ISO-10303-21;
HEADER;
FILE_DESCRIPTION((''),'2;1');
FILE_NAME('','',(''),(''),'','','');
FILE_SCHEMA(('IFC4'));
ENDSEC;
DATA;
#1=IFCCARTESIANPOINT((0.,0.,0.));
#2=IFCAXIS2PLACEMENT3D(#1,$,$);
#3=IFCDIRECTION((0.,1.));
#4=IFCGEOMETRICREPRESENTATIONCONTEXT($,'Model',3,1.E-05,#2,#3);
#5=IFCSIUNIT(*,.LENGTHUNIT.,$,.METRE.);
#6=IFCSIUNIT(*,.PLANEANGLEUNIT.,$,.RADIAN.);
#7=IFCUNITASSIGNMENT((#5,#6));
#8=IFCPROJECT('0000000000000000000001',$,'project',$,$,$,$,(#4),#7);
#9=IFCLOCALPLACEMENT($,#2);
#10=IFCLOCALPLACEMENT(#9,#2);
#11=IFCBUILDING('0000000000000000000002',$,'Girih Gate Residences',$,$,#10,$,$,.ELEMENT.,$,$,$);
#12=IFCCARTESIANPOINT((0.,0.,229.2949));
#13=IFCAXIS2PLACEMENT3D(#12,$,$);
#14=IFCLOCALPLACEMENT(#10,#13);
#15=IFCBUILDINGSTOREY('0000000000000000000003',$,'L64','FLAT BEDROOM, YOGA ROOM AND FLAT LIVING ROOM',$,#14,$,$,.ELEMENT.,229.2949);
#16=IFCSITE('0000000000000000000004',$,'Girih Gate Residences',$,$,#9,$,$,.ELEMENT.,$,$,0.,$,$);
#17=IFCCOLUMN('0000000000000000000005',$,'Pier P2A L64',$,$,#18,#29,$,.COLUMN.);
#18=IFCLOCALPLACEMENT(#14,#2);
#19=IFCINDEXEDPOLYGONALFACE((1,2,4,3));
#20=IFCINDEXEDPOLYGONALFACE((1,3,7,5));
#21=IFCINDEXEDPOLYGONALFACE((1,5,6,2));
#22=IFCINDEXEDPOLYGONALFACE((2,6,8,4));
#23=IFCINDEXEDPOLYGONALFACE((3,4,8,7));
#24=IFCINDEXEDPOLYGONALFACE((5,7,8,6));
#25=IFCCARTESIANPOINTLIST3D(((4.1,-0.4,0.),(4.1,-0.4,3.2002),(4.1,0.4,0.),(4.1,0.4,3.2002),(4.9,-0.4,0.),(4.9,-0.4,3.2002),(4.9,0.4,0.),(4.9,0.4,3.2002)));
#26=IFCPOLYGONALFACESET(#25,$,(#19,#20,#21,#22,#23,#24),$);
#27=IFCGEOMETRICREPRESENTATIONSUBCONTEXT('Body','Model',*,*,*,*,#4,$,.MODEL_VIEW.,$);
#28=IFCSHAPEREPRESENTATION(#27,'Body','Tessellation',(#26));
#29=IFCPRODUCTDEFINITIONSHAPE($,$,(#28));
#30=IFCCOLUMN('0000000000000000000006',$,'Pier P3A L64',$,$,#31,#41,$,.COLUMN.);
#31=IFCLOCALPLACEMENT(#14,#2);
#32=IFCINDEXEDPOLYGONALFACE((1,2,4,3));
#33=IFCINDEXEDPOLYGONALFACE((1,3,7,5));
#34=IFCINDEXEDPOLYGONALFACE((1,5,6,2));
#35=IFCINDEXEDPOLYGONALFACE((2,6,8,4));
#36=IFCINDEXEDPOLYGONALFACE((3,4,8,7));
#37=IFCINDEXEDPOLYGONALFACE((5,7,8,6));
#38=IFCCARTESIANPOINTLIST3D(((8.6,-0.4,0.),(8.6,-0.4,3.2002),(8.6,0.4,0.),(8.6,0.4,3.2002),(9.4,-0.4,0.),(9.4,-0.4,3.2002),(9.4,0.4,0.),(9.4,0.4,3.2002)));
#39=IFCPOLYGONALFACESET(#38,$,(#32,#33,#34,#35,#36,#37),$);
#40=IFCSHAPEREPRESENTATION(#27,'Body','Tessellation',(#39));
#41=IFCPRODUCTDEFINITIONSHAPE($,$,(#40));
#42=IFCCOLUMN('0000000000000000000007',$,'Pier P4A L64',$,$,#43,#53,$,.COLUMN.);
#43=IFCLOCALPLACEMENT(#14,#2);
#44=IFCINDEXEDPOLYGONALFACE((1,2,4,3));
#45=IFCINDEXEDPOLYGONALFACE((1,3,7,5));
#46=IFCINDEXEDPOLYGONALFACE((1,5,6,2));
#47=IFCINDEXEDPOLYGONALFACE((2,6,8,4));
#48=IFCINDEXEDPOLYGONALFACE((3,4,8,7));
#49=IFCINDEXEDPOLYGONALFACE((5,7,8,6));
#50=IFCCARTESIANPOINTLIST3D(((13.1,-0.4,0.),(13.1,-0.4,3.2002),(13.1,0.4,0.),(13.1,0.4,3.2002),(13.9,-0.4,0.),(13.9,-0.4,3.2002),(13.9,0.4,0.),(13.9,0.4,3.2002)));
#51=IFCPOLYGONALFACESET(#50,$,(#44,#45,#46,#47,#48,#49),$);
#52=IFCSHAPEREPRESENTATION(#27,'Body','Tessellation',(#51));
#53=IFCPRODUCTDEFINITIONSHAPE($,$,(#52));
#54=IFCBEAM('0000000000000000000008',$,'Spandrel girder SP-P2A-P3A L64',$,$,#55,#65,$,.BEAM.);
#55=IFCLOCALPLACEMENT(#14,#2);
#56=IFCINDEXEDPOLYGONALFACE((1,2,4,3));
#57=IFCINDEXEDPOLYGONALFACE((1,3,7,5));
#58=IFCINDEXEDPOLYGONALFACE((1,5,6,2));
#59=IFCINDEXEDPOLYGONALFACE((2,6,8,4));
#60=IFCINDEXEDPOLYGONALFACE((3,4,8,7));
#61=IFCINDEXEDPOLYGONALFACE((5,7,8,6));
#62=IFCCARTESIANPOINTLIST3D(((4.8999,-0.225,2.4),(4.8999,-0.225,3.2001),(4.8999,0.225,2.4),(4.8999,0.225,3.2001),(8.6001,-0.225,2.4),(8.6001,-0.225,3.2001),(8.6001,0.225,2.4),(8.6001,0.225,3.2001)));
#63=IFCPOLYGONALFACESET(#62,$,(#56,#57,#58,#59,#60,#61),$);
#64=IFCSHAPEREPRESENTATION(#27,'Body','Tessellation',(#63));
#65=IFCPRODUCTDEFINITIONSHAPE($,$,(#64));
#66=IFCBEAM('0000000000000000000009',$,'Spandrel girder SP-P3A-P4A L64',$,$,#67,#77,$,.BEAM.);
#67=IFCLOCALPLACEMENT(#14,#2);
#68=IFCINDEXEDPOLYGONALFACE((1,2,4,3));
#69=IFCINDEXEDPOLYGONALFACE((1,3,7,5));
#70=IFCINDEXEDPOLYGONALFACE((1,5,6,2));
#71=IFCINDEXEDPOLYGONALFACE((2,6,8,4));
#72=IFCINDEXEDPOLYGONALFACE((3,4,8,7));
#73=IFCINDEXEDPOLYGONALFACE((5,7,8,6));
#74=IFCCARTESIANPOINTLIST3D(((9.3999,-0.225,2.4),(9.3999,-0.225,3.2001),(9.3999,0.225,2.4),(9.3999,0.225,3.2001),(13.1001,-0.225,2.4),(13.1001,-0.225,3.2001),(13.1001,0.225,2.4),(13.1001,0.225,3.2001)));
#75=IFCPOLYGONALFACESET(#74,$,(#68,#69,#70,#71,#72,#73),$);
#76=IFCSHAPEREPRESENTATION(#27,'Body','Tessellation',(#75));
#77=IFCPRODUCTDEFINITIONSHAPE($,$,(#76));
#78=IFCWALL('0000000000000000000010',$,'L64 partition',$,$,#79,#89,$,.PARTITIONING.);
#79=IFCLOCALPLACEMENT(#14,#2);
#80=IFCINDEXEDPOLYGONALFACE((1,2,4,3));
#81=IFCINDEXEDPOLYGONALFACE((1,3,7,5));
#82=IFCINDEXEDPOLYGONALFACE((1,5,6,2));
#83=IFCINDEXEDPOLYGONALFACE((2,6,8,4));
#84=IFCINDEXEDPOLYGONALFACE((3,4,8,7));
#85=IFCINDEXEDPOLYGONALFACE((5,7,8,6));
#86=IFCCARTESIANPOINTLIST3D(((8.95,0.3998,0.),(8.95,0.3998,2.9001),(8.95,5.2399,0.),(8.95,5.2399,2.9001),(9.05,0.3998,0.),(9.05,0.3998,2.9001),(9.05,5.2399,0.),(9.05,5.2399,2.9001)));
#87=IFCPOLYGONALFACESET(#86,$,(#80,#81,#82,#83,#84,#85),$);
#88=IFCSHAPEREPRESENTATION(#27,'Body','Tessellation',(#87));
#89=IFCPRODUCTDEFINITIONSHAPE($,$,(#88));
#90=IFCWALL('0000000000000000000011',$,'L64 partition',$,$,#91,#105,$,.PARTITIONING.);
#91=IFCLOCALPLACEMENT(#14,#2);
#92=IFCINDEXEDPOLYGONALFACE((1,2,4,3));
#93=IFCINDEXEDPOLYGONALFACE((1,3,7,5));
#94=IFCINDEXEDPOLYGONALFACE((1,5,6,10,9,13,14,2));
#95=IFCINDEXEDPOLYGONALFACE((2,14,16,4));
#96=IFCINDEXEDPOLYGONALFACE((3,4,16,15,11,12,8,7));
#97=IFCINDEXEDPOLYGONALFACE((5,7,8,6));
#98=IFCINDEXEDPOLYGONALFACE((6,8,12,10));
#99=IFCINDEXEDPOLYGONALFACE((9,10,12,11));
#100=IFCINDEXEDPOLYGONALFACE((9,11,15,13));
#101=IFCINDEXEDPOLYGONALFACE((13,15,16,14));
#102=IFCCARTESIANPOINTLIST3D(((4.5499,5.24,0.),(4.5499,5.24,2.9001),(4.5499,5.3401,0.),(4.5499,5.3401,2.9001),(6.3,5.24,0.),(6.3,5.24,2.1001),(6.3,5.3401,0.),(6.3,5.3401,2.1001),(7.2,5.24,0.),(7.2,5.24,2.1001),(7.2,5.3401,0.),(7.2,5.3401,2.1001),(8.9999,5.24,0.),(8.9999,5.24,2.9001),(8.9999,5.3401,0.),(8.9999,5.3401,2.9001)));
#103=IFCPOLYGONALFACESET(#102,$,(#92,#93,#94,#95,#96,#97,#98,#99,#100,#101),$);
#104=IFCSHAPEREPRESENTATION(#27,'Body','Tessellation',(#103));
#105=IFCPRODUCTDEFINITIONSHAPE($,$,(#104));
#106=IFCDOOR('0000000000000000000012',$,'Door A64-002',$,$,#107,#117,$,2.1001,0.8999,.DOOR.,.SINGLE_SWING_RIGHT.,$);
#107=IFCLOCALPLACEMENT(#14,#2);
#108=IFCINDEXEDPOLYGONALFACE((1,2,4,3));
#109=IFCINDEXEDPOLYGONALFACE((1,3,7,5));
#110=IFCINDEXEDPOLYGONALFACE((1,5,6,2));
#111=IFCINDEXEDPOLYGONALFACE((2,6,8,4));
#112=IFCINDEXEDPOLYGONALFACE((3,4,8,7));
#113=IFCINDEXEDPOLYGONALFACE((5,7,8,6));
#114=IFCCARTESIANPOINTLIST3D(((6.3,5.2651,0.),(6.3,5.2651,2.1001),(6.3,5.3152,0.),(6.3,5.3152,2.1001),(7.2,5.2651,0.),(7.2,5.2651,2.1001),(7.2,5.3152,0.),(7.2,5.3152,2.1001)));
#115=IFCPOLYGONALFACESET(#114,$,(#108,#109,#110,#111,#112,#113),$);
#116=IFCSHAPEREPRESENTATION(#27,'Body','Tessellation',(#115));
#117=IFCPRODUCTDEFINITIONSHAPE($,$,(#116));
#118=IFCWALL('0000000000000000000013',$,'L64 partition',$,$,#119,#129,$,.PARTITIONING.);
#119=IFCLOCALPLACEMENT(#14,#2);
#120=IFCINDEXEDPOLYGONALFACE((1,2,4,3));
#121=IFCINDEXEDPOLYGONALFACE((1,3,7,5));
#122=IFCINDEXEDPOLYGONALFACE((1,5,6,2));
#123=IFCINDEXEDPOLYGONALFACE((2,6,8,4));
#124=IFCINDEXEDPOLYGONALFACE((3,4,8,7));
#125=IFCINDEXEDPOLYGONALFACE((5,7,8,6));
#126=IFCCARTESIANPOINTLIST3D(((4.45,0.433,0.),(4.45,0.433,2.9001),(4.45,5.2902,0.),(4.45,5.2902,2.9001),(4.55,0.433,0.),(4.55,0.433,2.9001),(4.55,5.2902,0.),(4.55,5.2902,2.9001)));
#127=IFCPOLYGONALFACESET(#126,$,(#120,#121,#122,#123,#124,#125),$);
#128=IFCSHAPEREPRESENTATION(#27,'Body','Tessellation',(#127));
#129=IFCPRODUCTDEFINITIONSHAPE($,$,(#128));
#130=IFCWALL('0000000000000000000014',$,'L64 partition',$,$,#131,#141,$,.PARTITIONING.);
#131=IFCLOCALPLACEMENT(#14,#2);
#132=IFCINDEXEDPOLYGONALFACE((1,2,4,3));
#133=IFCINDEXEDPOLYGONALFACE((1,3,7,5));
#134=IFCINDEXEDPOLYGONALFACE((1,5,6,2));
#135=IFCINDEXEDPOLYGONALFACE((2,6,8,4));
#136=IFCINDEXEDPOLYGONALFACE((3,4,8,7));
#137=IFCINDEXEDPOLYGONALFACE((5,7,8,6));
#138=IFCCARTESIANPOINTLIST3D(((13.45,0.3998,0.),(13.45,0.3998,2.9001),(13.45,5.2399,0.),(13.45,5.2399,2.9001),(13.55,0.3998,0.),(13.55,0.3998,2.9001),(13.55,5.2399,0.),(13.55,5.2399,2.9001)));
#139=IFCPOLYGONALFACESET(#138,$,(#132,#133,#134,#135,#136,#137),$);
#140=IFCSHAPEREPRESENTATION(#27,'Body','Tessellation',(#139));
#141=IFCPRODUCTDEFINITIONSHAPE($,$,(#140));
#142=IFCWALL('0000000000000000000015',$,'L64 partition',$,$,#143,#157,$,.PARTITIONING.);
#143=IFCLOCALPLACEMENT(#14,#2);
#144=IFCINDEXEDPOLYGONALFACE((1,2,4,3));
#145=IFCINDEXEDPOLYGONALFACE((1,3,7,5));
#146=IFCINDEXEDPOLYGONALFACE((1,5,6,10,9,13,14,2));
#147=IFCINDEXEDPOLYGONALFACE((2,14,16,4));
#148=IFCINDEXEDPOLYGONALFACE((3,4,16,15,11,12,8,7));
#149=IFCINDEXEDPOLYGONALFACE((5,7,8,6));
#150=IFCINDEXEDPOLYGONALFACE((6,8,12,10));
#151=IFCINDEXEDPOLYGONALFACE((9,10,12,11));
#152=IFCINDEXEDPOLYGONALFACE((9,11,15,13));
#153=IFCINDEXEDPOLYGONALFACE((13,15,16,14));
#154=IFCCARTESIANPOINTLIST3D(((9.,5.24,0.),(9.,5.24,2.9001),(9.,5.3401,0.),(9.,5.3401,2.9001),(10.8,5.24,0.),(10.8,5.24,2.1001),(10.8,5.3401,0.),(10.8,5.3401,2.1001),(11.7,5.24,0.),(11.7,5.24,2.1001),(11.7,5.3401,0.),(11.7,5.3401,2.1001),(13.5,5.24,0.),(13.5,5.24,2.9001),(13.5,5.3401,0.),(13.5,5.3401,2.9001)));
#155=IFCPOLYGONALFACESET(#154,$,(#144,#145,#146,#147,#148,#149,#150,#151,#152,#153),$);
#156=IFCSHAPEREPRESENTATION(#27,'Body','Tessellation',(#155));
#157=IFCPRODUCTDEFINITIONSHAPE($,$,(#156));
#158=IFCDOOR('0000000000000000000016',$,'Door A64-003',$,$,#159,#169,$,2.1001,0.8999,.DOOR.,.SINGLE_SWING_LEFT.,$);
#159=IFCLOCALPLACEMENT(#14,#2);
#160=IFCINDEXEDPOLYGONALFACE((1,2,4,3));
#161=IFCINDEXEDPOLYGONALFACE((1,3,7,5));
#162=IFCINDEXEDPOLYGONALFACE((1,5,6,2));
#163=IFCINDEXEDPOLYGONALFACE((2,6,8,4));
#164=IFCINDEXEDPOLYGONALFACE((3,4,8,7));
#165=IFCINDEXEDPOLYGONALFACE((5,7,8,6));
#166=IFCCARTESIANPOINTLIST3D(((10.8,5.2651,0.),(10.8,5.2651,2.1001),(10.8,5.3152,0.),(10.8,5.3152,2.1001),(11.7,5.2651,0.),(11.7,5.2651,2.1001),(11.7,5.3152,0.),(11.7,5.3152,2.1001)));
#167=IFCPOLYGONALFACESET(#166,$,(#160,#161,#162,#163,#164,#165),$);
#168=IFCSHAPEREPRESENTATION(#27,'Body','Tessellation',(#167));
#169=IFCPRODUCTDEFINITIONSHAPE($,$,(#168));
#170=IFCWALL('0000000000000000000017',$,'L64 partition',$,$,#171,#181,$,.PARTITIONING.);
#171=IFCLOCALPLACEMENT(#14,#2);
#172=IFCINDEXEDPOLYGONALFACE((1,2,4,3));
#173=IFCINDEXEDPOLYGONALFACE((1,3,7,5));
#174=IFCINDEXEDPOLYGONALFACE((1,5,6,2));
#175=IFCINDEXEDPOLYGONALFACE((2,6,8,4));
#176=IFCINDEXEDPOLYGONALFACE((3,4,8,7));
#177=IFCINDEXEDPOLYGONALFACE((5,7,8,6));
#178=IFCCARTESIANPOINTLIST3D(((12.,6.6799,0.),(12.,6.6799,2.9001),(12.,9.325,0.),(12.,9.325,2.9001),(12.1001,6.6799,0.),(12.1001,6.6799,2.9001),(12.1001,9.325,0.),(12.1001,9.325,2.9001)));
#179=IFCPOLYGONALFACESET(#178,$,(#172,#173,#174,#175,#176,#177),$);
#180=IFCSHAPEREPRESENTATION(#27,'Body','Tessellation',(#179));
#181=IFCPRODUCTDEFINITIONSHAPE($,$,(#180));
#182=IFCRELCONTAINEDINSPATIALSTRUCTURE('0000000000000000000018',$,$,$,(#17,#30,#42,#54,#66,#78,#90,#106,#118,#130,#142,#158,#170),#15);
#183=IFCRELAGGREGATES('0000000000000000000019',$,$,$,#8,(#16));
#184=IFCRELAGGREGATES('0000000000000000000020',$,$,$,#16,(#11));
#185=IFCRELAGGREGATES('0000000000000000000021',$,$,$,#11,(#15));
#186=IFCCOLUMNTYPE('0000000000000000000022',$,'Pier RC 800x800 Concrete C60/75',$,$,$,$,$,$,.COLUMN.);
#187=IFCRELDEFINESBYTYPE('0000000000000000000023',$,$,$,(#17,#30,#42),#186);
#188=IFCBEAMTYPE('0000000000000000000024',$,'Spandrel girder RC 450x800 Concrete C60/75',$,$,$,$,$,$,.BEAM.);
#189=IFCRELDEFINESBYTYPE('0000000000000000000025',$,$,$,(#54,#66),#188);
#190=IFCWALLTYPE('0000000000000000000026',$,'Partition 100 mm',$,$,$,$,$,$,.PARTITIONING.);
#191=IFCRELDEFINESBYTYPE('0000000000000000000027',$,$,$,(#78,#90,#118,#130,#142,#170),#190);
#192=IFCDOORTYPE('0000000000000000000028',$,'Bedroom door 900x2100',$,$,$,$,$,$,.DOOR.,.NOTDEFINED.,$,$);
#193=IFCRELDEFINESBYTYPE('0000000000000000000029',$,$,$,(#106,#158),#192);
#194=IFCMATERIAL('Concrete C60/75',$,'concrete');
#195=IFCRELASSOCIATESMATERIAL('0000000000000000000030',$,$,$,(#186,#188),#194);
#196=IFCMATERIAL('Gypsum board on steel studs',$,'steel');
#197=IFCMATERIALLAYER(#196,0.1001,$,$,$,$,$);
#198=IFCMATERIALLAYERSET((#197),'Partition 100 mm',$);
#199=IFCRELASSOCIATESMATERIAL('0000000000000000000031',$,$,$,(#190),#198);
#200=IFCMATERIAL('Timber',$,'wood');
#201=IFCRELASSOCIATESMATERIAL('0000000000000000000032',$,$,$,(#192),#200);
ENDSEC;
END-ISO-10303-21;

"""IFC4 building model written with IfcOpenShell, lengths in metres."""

from ifc_helpers import new_model, si_unit, direction, frame, frame_2d, origin, origin_2d, place, context, subcontext, project, spatial, rectangle, extrude, material, layer, layer_set, material_profile, profile_set, type_object, element, fill, save


model = new_model("IFC4")

# Units and contexts
model_context = context("Model", 3, precision=1e-05, world=origin(), true_north=direction((0.0, 1.0)))
body_context = subcontext(model_context, "Body", "Model", "MODEL_VIEW")
ifc_project = project(units=[si_unit("LENGTHUNIT", "METRE"), si_unit("PLANEANGLEUNIT", "RADIAN")], contexts=[model_context])

# Site, building, storey
site_placement = place(None, origin())
site = spatial("IfcSite", under=ifc_project, at=site_placement, Name="Girih Gate Residences", CompositionType="ELEMENT", RefElevation=0.0)
building_placement = place(site_placement, origin())
building = spatial("IfcBuilding", under=site, at=building_placement, Name="Girih Gate Residences", CompositionType="ELEMENT")
storey_placement = place(building_placement, frame((0.0, 0.0, 229.2949)))
storey = spatial("IfcBuildingStorey", under=building, at=storey_placement, Name="L64", Description="FLAT BEDROOM, YOGA ROOM AND FLAT LIVING ROOM", CompositionType="ELEMENT", Elevation=229.2949)

# Columns
ifc_material_1 = material(Name="Concrete C60/75", Category="concrete")
ifc_material_profile_1 = material_profile(ifc_material_1, rectangle(XDim=0.8, YDim=0.8, at=origin_2d()))
ifc_profile_set_1 = profile_set([ifc_material_profile_1], Name="Concrete C60/75")
column_type = type_object("IfcColumnType", Name="Pier RC 800x800 Concrete C60/75", PredefinedType="COLUMN", material=ifc_profile_set_1)
for number, where, z_axis, x_axis, name in (
    (1, (4.5, 0.0, 0.0), (0.0, 0.0, 1.0), (1.0, 0.0, 0.0), "Pier P2A L64"),
    (2, (9.0, 0.0, 0.0), (0.0, 0.0, 1.0), (1.0, 0.0, 0.0), "Pier P3A L64"),
    (3, (13.5, 0.0, 0.0), (0.0, 0.0, 1.0), (1.0, 0.0, 0.0), "Pier P4A L64"),
):
    element("IfcColumn", number, at=place(storey_placement, frame(where, z_axis=z_axis, x_axis=x_axis)), inside=storey, type_object=column_type, Name=name, PredefinedType="COLUMN", context=body_context, shape_type="SweptSolid", body=[
        extrude(rectangle(XDim=0.8, YDim=0.8, at=origin_2d()), origin(), (0.0, 0.0, 1.0), 3.2002),
    ])

# Beams
ifc_material_profile_2 = material_profile(ifc_material_1, rectangle(XDim=0.45, YDim=0.8, at=origin_2d()))
ifc_profile_set_2 = profile_set([ifc_material_profile_2], Name="Concrete C60/75")
beam_type = type_object("IfcBeamType", Name="Spandrel girder RC 450x800 Concrete C60/75", PredefinedType="BEAM", material=ifc_profile_set_2)
for number, where, z_axis, x_axis, name in (
    (4, (4.8999, 0.0, 2.8), (1.0, 0.0, 0.0), (0.0, 1.0, 0.0), "Spandrel girder SP-P2A-P3A L64"),
    (5, (9.3999, 0.0, 2.8), (1.0, 0.0, 0.0), (0.0, 1.0, 0.0), "Spandrel girder SP-P3A-P4A L64"),
):
    element("IfcBeam", number, at=place(storey_placement, frame(where, z_axis=z_axis, x_axis=x_axis)), inside=storey, type_object=beam_type, Name=name, PredefinedType="BEAM", context=body_context, shape_type="SweptSolid", body=[
        extrude(rectangle(XDim=0.45, YDim=0.8, at=origin_2d()), origin(), (0.0, 0.0, 1.0), 3.7002),
    ])

# Wall
ifc_material_2 = material(Name="Gypsum board on steel studs", Category="steel")
ifc_layer_1 = layer(ifc_material_2, 0.1001)
ifc_layer_set_1 = layer_set([ifc_layer_1], Name="Partition 100 mm")
wall_type_1 = type_object("IfcWallType", Name="Partition 100 mm", PredefinedType="PARTITIONING", material=ifc_layer_set_1)
wall_1_placement = place(storey_placement, frame((9.0, 0.3999, 0.0), z_axis=(0.0, 0.0, 1.0), x_axis=(0.0, 1.0, 0.0)))
element("IfcWall", 6, at=wall_1_placement, inside=storey, type_object=wall_type_1, Name="L64 partition", PredefinedType="PARTITIONING", context=body_context, shape_type="SweptSolid", body=[
    extrude(rectangle(XDim=4.8401, YDim=0.1001, at=frame_2d((2.4199, 0.0))), origin(), (0.0, 0.0, 1.0), 2.9001),
])

# Wall, opening, door
wall_2_placement = place(storey_placement, frame((9.0, 5.29, 0.0), z_axis=(0.0, 0.0, 1.0), x_axis=(-1.0, 0.0, 0.0)))
wall_2 = element("IfcWall", 7, at=wall_2_placement, inside=storey, type_object=wall_type_1, Name="L64 partition", PredefinedType="PARTITIONING", context=body_context, shape_type="SweptSolid", body=[
    extrude(rectangle(XDim=4.45, YDim=0.1001, at=frame_2d((2.2251, 0.0))), origin(), (0.0, 0.0, 1.0), 2.9001),
])
opening_1_placement = place(wall_2_placement, frame((1.8, 0.0, 0.0)))
opening_1 = element("IfcOpeningElement", 8, at=opening_1_placement, cuts=wall_2, PredefinedType="OPENING", context=body_context, shape_type="SweptSolid", body=[
    extrude(rectangle(XDim=0.8999, YDim=2.1001, at=frame_2d((0.45, 1.05))), frame((0.0, 0.0601, 0.0), z_axis=(0.0, -1.0, 0.0), x_axis=(1.0, 0.0, 0.0)), (0.0, 0.0, 1.0), 0.1201),
])
ifc_material_3 = material(Name="Timber", Category="wood")
door_type_1 = type_object("IfcDoorType", Name="Bedroom door 900x2100", OperationType="NOTDEFINED", PredefinedType="DOOR", material=ifc_material_3)
door_1_placement = place(opening_1_placement, origin())
door_1 = element("IfcDoor", 9, at=door_1_placement, inside=storey, type_object=door_type_1, Name="Door A64-002", OperationType="SINGLE_SWING_RIGHT", OverallHeight=2.1001, OverallWidth=0.8999, PredefinedType="DOOR", context=body_context, shape_type="SweptSolid", body=[
    extrude(rectangle(XDim=0.8999, YDim=2.1001, at=frame_2d((0.45, 1.05))), frame((0.0, 0.0249, 0.0), z_axis=(0.0, -1.0, 0.0), x_axis=(1.0, 0.0, 0.0)), (0.0, 0.0, 1.0), 0.05),
])
fill(opening_1, door_1)

# Walls
wall_3_placement = place(storey_placement, frame((4.5, 0.4329, 0.0), z_axis=(0.0, 0.0, 1.0), x_axis=(0.0, 1.0, 0.0)))
element("IfcWall", 10, at=wall_3_placement, inside=storey, type_object=wall_type_1, Name="L64 partition", PredefinedType="PARTITIONING", context=body_context, shape_type="SweptSolid", body=[
    extrude(rectangle(XDim=4.8572, YDim=0.1001, at=frame_2d((2.4287, 0.0))), origin(), (0.0, 0.0, 1.0), 2.9001),
])
wall_4_placement = place(storey_placement, frame((13.5, 0.3999, 0.0), z_axis=(0.0, 0.0, 1.0), x_axis=(0.0, 1.0, 0.0)))
element("IfcWall", 11, at=wall_4_placement, inside=storey, type_object=wall_type_1, Name="L64 partition", PredefinedType="PARTITIONING", context=body_context, shape_type="SweptSolid", body=[
    extrude(rectangle(XDim=4.8401, YDim=0.1001, at=frame_2d((2.4199, 0.0))), origin(), (0.0, 0.0, 1.0), 2.9001),
])

# Wall, opening, door
wall_5_placement = place(storey_placement, frame((13.5, 5.29, 0.0), z_axis=(0.0, 0.0, 1.0), x_axis=(-1.0, 0.0, 0.0)))
wall_5 = element("IfcWall", 12, at=wall_5_placement, inside=storey, type_object=wall_type_1, Name="L64 partition", PredefinedType="PARTITIONING", context=body_context, shape_type="SweptSolid", body=[
    extrude(rectangle(XDim=4.5, YDim=0.1001, at=frame_2d((2.25, 0.0))), origin(), (0.0, 0.0, 1.0), 2.9001),
])
opening_2_placement = place(wall_5_placement, frame((1.8, 0.0, 0.0)))
opening_2 = element("IfcOpeningElement", 13, at=opening_2_placement, cuts=wall_5, PredefinedType="OPENING", context=body_context, shape_type="SweptSolid", body=[
    extrude(rectangle(XDim=0.8999, YDim=2.1001, at=frame_2d((0.45, 1.05))), frame((0.0, 0.0601, 0.0), z_axis=(0.0, -1.0, 0.0), x_axis=(1.0, 0.0, 0.0)), (0.0, 0.0, 1.0), 0.1201),
])
door_2_placement = place(opening_2_placement, origin())
door_2 = element("IfcDoor", 14, at=door_2_placement, inside=storey, type_object=door_type_1, Name="Door A64-003", OperationType="SINGLE_SWING_LEFT", OverallHeight=2.1001, OverallWidth=0.8999, PredefinedType="DOOR", context=body_context, shape_type="SweptSolid", body=[
    extrude(rectangle(XDim=0.8999, YDim=2.1001, at=frame_2d((0.45, 1.05))), frame((0.0, 0.0249, 0.0), z_axis=(0.0, -1.0, 0.0), x_axis=(1.0, 0.0, 0.0)), (0.0, 0.0, 1.0), 0.05),
])
fill(opening_2, door_2)

# Wall
wall_6_placement = place(storey_placement, frame((12.05, 6.6799, 0.0), z_axis=(0.0, 0.0, 1.0), x_axis=(0.0, 1.0, 0.0)))
element("IfcWall", 15, at=wall_6_placement, inside=storey, type_object=wall_type_1, Name="L64 partition", PredefinedType="PARTITIONING", context=body_context, shape_type="SweptSolid", body=[
    extrude(rectangle(XDim=2.645, YDim=0.1001, at=frame_2d((1.3225, 0.0))), origin(), (0.0, 0.0, 1.0), 2.9001),
])

save(model, "model.ifc")
